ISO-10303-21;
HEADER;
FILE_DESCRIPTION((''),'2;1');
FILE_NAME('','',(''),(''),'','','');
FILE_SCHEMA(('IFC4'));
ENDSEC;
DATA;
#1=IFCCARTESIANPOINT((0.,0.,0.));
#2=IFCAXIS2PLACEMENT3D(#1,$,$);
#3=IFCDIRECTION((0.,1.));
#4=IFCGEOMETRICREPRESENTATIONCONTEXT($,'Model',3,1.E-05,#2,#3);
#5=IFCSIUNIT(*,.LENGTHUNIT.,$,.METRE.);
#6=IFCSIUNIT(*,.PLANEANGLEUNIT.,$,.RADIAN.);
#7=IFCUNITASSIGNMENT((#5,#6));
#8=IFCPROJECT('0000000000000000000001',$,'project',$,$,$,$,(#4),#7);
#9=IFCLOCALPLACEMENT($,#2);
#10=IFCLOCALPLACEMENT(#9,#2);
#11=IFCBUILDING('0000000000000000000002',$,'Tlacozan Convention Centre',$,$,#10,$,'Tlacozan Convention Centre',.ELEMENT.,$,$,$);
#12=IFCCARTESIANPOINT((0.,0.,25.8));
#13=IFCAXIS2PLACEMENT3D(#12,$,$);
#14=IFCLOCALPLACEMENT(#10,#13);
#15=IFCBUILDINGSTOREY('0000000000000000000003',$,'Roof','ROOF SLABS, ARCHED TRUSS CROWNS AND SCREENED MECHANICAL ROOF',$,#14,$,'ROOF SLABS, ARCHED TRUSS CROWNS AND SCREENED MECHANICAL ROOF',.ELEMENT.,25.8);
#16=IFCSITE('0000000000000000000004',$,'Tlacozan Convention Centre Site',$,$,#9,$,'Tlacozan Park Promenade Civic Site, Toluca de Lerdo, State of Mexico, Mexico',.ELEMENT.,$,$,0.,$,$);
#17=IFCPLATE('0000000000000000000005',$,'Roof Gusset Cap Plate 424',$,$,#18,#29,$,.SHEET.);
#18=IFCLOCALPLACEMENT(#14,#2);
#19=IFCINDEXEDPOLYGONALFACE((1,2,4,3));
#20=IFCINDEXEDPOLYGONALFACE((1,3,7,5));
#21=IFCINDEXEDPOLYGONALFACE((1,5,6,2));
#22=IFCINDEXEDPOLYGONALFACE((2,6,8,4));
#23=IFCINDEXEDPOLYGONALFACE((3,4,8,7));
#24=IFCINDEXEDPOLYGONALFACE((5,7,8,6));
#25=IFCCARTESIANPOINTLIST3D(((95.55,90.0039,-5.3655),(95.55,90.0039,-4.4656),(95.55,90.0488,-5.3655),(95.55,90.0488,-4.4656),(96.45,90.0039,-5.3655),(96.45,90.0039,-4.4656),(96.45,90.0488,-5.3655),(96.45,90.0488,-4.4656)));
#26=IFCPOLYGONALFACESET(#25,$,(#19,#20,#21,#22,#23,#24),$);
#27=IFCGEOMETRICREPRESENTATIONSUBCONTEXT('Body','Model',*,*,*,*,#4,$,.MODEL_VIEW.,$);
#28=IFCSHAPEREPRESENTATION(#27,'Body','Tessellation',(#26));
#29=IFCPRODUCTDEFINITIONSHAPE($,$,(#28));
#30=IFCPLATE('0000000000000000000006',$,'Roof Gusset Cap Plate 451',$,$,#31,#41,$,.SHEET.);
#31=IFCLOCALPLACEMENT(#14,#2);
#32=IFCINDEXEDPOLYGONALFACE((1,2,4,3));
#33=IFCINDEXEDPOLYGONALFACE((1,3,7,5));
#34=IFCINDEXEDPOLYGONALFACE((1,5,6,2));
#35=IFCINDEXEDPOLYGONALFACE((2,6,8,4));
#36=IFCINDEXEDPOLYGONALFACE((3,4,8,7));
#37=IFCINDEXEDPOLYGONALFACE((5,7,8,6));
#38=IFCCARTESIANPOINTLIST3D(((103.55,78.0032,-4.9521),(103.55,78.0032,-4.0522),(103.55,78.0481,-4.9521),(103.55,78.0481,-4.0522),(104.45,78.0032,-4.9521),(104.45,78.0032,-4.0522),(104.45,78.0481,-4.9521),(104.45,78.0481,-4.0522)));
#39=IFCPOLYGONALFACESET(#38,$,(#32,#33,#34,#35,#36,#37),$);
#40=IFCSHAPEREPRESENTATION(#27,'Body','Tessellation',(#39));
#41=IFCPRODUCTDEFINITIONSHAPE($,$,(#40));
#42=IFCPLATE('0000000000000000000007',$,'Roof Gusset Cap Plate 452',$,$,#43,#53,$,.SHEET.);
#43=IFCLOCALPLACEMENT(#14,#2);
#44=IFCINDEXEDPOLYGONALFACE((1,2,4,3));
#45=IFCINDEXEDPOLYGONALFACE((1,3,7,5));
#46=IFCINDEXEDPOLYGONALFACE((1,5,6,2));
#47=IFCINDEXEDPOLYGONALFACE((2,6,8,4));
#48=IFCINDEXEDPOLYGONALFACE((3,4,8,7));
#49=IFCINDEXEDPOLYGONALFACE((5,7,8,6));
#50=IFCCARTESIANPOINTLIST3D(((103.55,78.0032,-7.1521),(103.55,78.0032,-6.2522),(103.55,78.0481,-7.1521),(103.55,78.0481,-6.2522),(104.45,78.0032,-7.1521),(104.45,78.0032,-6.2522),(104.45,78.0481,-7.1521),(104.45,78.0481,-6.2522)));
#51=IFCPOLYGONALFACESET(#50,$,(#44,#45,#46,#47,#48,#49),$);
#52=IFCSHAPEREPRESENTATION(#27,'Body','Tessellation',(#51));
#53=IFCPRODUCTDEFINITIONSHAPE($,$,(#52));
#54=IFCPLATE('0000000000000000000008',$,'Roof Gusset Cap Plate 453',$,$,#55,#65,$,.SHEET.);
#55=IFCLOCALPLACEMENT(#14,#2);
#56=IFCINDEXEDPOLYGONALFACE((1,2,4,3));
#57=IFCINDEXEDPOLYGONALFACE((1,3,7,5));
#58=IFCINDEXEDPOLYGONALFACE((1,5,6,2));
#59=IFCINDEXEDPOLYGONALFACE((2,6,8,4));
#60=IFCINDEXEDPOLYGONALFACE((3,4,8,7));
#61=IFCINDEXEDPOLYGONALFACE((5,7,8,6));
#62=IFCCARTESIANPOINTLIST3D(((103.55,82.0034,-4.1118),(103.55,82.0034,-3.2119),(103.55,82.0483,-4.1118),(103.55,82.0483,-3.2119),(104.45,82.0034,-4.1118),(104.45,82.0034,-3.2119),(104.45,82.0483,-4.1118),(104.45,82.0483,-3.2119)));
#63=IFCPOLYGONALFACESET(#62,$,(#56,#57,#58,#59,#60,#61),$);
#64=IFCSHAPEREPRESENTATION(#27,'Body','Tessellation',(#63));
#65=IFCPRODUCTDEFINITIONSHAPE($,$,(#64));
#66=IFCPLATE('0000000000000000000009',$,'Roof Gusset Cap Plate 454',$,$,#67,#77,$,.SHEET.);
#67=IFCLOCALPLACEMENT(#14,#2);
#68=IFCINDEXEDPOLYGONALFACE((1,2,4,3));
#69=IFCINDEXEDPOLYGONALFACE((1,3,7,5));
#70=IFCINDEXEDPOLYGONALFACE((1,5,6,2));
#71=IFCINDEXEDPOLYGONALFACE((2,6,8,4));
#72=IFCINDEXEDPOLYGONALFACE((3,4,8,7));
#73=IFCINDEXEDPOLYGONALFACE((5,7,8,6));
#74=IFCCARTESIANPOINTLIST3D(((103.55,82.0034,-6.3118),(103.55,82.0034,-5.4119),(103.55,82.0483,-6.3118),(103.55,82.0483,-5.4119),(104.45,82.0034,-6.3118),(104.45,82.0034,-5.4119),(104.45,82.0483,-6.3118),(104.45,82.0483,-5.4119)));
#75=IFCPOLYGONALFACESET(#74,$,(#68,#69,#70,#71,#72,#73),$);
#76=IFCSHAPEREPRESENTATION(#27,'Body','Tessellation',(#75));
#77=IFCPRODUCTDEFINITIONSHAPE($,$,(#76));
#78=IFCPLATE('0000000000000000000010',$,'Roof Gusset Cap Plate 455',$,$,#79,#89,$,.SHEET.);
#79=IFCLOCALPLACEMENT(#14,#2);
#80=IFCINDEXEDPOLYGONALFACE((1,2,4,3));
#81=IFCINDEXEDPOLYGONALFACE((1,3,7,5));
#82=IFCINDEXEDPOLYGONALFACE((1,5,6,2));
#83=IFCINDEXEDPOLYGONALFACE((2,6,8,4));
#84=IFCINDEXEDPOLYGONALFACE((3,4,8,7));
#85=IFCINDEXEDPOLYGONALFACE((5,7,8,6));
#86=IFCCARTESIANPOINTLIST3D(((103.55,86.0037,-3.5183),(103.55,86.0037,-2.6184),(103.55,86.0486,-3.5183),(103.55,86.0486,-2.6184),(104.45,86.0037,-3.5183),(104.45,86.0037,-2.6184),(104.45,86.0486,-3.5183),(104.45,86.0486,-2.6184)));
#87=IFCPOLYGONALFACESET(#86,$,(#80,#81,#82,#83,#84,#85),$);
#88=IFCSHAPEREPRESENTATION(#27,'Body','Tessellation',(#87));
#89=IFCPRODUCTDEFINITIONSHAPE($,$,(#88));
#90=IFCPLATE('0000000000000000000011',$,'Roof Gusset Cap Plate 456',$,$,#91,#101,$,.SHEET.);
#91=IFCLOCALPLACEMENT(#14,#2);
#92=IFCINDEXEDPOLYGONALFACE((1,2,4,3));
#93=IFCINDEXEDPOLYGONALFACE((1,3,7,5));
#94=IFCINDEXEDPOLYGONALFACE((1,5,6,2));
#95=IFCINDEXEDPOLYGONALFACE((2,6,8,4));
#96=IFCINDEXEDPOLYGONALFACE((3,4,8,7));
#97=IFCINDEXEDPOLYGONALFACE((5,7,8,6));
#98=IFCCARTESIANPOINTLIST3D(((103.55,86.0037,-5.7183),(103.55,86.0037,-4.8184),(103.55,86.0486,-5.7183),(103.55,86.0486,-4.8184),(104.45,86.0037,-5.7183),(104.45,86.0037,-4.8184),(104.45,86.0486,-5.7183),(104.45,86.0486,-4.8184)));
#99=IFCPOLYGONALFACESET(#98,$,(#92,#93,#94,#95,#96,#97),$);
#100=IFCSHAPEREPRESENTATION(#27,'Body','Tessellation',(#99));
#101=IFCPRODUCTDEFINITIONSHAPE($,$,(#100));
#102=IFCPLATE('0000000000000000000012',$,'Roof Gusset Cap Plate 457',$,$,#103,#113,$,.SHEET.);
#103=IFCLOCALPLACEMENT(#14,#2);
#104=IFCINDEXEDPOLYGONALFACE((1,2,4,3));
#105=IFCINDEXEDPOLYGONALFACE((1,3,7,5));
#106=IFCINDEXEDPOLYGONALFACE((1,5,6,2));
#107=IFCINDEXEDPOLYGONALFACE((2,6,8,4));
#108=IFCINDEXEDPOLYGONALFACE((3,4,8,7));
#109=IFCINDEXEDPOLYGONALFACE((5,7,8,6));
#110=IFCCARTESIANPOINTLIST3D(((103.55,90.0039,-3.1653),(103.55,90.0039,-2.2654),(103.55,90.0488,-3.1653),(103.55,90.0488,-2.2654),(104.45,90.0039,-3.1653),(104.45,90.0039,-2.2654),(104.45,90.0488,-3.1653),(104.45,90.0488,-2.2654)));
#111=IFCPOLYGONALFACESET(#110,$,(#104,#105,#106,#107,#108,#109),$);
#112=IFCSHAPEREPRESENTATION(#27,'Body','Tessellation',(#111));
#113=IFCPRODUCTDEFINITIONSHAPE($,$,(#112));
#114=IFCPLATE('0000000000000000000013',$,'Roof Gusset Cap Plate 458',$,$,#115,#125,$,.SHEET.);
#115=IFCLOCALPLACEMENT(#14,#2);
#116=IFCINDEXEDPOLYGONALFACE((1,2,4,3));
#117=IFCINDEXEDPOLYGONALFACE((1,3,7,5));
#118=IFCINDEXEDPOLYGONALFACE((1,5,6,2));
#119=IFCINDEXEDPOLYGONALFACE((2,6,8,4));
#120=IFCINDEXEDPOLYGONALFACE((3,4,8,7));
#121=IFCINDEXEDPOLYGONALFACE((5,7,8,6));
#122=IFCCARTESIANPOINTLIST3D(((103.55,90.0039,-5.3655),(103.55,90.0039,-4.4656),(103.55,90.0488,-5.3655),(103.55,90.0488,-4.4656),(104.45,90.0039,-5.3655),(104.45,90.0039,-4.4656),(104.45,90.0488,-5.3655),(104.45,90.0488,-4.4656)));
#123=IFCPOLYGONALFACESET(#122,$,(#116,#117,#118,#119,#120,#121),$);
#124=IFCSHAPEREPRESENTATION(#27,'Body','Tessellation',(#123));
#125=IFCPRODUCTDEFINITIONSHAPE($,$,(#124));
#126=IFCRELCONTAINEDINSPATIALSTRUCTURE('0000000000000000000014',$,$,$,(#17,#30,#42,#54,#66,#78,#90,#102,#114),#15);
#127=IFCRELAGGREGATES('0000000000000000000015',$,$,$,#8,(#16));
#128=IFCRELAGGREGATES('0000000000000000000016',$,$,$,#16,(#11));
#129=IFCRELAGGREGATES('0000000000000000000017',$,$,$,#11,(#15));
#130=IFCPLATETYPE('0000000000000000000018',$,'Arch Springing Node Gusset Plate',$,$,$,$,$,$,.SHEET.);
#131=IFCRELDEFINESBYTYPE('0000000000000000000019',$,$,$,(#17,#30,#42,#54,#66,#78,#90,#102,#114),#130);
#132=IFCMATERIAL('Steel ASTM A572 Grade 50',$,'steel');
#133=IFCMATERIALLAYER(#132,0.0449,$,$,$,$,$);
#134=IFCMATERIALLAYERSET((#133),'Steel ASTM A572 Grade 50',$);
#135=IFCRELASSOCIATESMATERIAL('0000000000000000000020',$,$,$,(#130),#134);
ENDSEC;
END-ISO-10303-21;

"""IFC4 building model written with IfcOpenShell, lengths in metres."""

from ifc_helpers import new_model, si_unit, direction, frame, origin, origin_2d, place, context, subcontext, project, spatial, rectangle, extrude, material, layer, layer_set, type_object, element, save


model = new_model("IFC4")

# Units and contexts
model_context = context("Model", 3, precision=1e-05, world=origin(), true_north=direction((0.0, 1.0)))
body_context = subcontext(model_context, "Body", "Model", "MODEL_VIEW")
ifc_project = project(units=[si_unit("LENGTHUNIT", "METRE"), si_unit("PLANEANGLEUNIT", "RADIAN")], contexts=[model_context])

# Site, building, storey
site_placement = place(None, origin())
site = spatial("IfcSite", under=ifc_project, at=site_placement, Name="Tlacozan Convention Centre Site", LongName="Tlacozan Park Promenade Civic Site, Toluca de Lerdo, State of Mexico, Mexico", CompositionType="ELEMENT", RefElevation=0.0)
building_placement = place(site_placement, origin())
building = spatial("IfcBuilding", under=site, at=building_placement, Name="Tlacozan Convention Centre", LongName="Tlacozan Convention Centre", CompositionType="ELEMENT")
storey_placement = place(building_placement, frame((0.0, 0.0, 25.8)))
storey = spatial("IfcBuildingStorey", under=building, at=storey_placement, Name="Roof", Description="ROOF SLABS, ARCHED TRUSS CROWNS AND SCREENED MECHANICAL ROOF", LongName="ROOF SLABS, ARCHED TRUSS CROWNS AND SCREENED MECHANICAL ROOF", CompositionType="ELEMENT", Elevation=25.8)

# Plates
ifc_material_1 = material(Name="Steel ASTM A572 Grade 50", Category="steel")
ifc_layer = layer(ifc_material_1, 0.0449)
ifc_layer_set = layer_set([ifc_layer], Name="Steel ASTM A572 Grade 50")
plate_type = type_object("IfcPlateType", Name="Arch Springing Node Gusset Plate", PredefinedType="SHEET", material=ifc_layer_set)
for number, where, z_axis, x_axis, name in (
    (1, (96.0, 90.0264, -5.3655), (0.0, 0.0, 1.0), (0.0, 1.0, 0.0), "Roof Gusset Cap Plate 424"),
    (2, (104.0, 78.0256, -4.9521), (0.0, 0.0, 1.0), (0.0, 1.0, 0.0), "Roof Gusset Cap Plate 451"),
    (3, (104.0, 78.0256, -7.1521), (0.0, 0.0, 1.0), (0.0, 1.0, 0.0), "Roof Gusset Cap Plate 452"),
    (4, (104.0, 82.0259, -4.1118), (0.0, 0.0, 1.0), (0.0, 1.0, 0.0), "Roof Gusset Cap Plate 453"),
    (5, (104.0, 82.0259, -6.3118), (0.0, 0.0, 1.0), (0.0, 1.0, 0.0), "Roof Gusset Cap Plate 454"),
    (6, (104.0, 86.0261, -3.5183), (0.0, 0.0, 1.0), (0.0, 1.0, 0.0), "Roof Gusset Cap Plate 455"),
    (7, (104.0, 86.0261, -5.7183), (0.0, 0.0, 1.0), (0.0, 1.0, 0.0), "Roof Gusset Cap Plate 456"),
    (8, (104.0, 90.0264, -3.1653), (0.0, 0.0, 1.0), (0.0, 1.0, 0.0), "Roof Gusset Cap Plate 457"),
    (9, (104.0, 90.0264, -5.3655), (0.0, 0.0, 1.0), (0.0, 1.0, 0.0), "Roof Gusset Cap Plate 458"),
):
    element("IfcPlate", number, at=place(storey_placement, frame(where, z_axis=z_axis, x_axis=x_axis)), inside=storey, type_object=plate_type, Name=name, PredefinedType="SHEET", context=body_context, shape_type="SweptSolid", body=[
        extrude(rectangle(XDim=0.0449, YDim=0.8999, at=origin_2d()), origin(), (0.0, 0.0, 1.0), 0.8999),
    ])

save(model, "model.ifc")
